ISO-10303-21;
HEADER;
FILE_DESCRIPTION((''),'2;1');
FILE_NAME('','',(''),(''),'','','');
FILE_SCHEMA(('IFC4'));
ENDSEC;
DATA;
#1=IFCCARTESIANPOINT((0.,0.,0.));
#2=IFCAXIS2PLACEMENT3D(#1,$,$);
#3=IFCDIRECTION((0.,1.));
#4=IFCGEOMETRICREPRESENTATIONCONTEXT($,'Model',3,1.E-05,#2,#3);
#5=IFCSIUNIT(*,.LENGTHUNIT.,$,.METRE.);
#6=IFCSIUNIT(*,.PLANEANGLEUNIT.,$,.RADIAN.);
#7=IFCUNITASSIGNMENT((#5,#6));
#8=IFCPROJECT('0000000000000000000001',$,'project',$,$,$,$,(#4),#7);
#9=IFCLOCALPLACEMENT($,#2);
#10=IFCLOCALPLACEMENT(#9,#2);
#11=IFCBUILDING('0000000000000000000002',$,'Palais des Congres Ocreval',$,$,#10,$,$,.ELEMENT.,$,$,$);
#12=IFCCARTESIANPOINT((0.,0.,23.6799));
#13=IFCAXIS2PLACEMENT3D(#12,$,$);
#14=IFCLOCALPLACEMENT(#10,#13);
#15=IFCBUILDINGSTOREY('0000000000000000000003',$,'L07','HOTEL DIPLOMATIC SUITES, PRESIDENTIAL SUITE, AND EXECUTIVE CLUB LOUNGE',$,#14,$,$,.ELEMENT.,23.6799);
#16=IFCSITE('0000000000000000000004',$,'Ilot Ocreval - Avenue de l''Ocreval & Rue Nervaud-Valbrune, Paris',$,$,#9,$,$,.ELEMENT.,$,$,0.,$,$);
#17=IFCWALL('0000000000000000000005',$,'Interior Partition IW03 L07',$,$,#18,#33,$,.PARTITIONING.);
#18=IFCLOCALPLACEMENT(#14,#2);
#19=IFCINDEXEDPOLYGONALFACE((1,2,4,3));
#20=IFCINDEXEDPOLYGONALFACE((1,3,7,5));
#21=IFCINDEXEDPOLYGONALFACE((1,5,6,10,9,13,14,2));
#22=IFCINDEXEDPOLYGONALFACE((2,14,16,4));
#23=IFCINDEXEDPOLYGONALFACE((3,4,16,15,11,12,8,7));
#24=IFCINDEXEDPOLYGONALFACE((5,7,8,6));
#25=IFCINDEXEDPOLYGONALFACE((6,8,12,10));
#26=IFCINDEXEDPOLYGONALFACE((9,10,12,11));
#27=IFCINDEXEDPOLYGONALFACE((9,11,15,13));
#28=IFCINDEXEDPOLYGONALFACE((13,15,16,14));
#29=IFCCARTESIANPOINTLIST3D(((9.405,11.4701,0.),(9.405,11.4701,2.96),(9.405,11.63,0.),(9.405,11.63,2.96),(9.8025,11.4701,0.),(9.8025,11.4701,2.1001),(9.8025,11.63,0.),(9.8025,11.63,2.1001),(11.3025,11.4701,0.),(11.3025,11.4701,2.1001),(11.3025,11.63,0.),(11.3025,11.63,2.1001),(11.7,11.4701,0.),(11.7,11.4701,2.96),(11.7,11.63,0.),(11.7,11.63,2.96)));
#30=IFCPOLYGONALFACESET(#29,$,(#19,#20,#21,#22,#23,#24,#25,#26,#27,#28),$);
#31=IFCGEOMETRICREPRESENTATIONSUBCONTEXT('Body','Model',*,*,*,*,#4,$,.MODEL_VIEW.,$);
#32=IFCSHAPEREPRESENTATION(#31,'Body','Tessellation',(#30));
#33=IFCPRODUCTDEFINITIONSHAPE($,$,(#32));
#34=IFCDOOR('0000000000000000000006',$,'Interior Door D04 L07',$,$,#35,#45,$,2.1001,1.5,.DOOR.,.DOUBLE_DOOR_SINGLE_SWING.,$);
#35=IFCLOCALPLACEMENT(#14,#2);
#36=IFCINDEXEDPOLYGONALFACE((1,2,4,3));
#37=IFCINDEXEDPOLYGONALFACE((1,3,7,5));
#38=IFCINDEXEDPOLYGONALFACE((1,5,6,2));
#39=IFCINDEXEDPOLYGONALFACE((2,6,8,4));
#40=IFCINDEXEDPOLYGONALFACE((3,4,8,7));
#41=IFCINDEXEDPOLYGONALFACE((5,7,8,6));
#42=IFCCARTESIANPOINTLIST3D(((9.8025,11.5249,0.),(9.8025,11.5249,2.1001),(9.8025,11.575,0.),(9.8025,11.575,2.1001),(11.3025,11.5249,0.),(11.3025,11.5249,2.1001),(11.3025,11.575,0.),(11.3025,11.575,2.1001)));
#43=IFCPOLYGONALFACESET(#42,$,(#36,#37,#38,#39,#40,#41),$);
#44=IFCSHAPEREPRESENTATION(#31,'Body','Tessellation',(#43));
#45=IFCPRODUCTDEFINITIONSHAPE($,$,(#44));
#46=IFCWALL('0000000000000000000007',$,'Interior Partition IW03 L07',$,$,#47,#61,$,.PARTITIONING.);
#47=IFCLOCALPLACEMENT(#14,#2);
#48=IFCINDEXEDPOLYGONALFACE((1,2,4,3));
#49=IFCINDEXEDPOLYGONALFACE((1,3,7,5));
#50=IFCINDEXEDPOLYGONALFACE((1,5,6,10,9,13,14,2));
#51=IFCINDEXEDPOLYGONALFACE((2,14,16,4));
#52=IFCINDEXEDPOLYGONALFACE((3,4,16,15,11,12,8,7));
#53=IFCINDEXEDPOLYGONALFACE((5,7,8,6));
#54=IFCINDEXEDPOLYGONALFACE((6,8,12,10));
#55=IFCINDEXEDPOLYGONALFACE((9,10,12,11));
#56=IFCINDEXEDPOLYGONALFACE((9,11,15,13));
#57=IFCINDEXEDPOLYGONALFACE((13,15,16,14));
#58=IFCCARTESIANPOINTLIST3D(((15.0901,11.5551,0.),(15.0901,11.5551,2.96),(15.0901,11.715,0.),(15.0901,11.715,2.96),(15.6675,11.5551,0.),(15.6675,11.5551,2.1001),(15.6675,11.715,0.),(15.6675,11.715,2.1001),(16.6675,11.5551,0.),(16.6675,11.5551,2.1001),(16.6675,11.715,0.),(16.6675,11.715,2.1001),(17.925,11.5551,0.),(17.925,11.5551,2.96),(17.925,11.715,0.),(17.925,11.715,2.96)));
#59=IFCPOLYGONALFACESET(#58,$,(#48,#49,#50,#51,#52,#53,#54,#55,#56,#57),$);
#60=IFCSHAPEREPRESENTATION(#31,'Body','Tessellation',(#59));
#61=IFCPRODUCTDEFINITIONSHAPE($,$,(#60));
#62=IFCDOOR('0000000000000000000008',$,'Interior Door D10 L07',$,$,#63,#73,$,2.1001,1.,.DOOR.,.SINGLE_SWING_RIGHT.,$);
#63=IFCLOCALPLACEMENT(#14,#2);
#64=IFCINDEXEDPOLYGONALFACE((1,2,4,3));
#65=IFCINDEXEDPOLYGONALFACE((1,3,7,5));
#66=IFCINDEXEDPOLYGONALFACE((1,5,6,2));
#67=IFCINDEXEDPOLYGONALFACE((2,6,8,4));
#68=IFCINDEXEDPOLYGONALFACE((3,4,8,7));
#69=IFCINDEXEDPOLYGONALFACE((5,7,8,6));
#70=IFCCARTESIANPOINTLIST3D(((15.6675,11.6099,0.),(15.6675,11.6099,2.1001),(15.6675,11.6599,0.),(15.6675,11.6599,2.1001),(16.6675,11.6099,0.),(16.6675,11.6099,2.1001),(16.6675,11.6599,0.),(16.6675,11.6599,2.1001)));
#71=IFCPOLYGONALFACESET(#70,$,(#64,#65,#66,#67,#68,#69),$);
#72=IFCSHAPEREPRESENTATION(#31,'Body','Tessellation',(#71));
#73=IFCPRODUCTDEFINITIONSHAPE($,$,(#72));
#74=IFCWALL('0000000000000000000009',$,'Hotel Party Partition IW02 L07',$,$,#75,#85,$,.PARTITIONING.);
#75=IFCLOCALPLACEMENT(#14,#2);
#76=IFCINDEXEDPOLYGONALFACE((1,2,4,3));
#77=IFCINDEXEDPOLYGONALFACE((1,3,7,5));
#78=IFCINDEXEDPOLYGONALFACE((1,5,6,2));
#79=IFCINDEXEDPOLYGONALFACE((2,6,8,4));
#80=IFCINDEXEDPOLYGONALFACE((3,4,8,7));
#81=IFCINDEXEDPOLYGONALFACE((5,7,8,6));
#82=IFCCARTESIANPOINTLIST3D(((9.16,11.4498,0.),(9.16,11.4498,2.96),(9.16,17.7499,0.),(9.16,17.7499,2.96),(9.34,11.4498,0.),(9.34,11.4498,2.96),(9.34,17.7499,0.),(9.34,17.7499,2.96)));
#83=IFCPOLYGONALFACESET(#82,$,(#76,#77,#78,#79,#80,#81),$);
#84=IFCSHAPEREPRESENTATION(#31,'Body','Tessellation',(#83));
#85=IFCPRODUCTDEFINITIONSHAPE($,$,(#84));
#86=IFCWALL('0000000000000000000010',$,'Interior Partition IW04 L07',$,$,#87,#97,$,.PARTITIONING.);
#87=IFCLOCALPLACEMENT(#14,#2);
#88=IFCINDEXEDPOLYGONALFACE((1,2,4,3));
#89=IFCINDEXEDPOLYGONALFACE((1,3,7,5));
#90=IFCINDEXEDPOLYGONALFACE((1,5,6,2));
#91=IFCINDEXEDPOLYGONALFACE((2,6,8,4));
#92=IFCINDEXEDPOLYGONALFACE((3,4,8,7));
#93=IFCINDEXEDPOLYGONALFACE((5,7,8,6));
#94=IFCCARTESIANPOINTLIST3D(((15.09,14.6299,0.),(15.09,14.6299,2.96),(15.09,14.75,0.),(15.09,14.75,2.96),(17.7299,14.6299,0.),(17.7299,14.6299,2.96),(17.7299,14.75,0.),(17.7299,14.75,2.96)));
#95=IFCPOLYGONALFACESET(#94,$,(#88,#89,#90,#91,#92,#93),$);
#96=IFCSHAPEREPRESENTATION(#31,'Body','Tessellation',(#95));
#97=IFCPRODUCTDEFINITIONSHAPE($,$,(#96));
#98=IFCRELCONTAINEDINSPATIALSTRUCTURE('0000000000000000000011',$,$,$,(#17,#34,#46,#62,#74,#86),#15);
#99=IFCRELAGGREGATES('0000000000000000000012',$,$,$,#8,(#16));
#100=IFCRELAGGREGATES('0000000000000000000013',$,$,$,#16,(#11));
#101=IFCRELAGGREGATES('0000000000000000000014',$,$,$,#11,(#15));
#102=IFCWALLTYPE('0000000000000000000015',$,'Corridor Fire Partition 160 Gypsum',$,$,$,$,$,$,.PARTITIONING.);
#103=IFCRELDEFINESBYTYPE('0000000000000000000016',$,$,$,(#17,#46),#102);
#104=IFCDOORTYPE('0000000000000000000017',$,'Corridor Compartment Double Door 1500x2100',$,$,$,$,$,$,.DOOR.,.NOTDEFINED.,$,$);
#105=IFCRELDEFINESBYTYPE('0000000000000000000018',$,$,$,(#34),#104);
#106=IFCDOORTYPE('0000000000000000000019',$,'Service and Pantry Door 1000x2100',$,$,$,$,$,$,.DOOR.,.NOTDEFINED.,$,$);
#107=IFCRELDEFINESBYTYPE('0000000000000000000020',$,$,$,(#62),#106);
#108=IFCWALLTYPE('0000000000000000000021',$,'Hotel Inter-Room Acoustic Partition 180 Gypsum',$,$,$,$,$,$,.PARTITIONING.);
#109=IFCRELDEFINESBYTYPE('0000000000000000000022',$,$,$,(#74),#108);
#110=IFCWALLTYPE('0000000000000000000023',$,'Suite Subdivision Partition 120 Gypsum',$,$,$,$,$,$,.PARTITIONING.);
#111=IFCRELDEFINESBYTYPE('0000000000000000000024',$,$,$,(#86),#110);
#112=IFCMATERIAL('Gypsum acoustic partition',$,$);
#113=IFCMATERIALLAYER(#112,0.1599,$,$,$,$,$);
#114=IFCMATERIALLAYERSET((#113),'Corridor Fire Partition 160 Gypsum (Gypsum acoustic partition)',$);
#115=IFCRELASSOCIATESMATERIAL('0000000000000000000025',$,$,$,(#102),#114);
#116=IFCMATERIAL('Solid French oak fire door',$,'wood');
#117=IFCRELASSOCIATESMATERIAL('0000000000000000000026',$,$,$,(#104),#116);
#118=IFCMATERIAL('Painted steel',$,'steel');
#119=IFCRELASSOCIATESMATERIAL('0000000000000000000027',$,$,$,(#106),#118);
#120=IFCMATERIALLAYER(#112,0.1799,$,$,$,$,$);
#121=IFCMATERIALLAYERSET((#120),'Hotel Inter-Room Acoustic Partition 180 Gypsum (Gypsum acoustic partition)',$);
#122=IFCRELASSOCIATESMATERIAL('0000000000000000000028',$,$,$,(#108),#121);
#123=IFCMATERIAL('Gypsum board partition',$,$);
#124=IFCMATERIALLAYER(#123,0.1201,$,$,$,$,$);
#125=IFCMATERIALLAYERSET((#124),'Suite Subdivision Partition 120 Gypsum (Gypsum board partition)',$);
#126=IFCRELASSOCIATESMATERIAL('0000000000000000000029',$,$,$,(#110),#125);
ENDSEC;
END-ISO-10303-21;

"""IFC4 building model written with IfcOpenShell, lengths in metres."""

from ifc_helpers import new_model, si_unit, direction, frame, frame_2d, origin, place, context, subcontext, project, spatial, rectangle, extrude, material, layer, layer_set, type_object, element, fill, save


model = new_model("IFC4")

# Units and contexts
model_context = context("Model", 3, precision=1e-05, world=origin(), true_north=direction((0.0, 1.0)))
body_context = subcontext(model_context, "Body", "Model", "MODEL_VIEW")
ifc_project = project(units=[si_unit("LENGTHUNIT", "METRE"), si_unit("PLANEANGLEUNIT", "RADIAN")], contexts=[model_context])

# Site, building, storey
site_placement = place(None, origin())
site = spatial("IfcSite", under=ifc_project, at=site_placement, Name="Ilot Ocreval - Avenue de l'Ocreval & Rue Nervaud-Valbrune, Paris", CompositionType="ELEMENT", RefElevation=0.0)
building_placement = place(site_placement, origin())
building = spatial("IfcBuilding", under=site, at=building_placement, Name="Palais des Congres Ocreval", CompositionType="ELEMENT")
storey_placement = place(building_placement, frame((0.0, 0.0, 23.6799)))
storey = spatial("IfcBuildingStorey", under=building, at=storey_placement, Name="L07", Description="HOTEL DIPLOMATIC SUITES, PRESIDENTIAL SUITE, AND EXECUTIVE CLUB LOUNGE", CompositionType="ELEMENT", Elevation=23.6799)

# Shared definitions
ifc_material_1 = material(Name="Gypsum acoustic partition")
ifc_layer_1 = layer(ifc_material_1, 0.1599)
ifc_layer_set_1 = layer_set([ifc_layer_1], Name="Corridor Fire Partition 160 Gypsum (Gypsum acoustic partition)")
wall_type_1 = type_object("IfcWallType", Name="Corridor Fire Partition 160 Gypsum", PredefinedType="PARTITIONING", material=ifc_layer_set_1)

# Walls, openings, doors
wall_1_placement = place(storey_placement, frame((9.405, 11.55, 0.0), z_axis=(0.0, 0.0, 1.0), x_axis=(1.0, 0.0, 0.0)))
wall_1 = element("IfcWall", 1, at=wall_1_placement, inside=storey, type_object=wall_type_1, Name="Interior Partition IW03 L07", PredefinedType="PARTITIONING", context=body_context, shape_type="SweptSolid", body=[
    extrude(rectangle(XDim=2.2949, YDim=0.1599, at=frame_2d((1.1475, 0.0))), origin(), (0.0, 0.0, 1.0), 2.96),
])
opening_1_placement = place(wall_1_placement, frame((0.3975, 0.0, 0.0)))
opening_1 = element("IfcOpeningElement", 2, at=opening_1_placement, cuts=wall_1, PredefinedType="OPENING", context=body_context, shape_type="SweptSolid", body=[
    extrude(rectangle(XDim=1.5, YDim=2.1001, at=frame_2d((0.75, 1.05))), frame((0.0, 0.0898, 0.0), z_axis=(0.0, -1.0, 0.0), x_axis=(1.0, 0.0, 0.0)), (0.0, 0.0, 1.0), 0.1799),
])
ifc_material_2 = material(Name="Solid French oak fire door", Category="wood")
door_type_1 = type_object("IfcDoorType", Name="Corridor Compartment Double Door 1500x2100", OperationType="NOTDEFINED", PredefinedType="DOOR", material=ifc_material_2)
door_1_placement = place(opening_1_placement, origin())
door_1 = element("IfcDoor", 3, at=door_1_placement, inside=storey, type_object=door_type_1, Name="Interior Door D04 L07", OperationType="DOUBLE_DOOR_SINGLE_SWING", OverallHeight=2.1001, OverallWidth=1.5, PredefinedType="DOOR", context=body_context, shape_type="SweptSolid", body=[
    extrude(rectangle(XDim=1.5, YDim=2.1001, at=frame_2d((0.75, 1.05))), frame((0.0, 0.0249, 0.0), z_axis=(0.0, -1.0, 0.0), x_axis=(1.0, 0.0, 0.0)), (0.0, 0.0, 1.0), 0.05),
])
fill(opening_1, door_1)
wall_2_placement = place(storey_placement, frame((15.0901, 11.635, 0.0), z_axis=(0.0, 0.0, 1.0), x_axis=(1.0, 0.0, 0.0)))
wall_2 = element("IfcWall", 4, at=wall_2_placement, inside=storey, type_object=wall_type_1, Name="Interior Partition IW03 L07", PredefinedType="PARTITIONING", context=body_context, shape_type="SweptSolid", body=[
    extrude(rectangle(XDim=2.835, YDim=0.1599, at=frame_2d((1.4175, 0.0))), origin(), (0.0, 0.0, 1.0), 2.96),
])
opening_2_placement = place(wall_2_placement, frame((0.5774, 0.0, 0.0)))
opening_2 = element("IfcOpeningElement", 5, at=opening_2_placement, cuts=wall_2, PredefinedType="OPENING", context=body_context, shape_type="SweptSolid", body=[
    extrude(rectangle(XDim=1.0, YDim=2.1001, at=frame_2d((0.5, 1.05))), frame((0.0, 0.0898, 0.0), z_axis=(0.0, -1.0, 0.0), x_axis=(1.0, 0.0, 0.0)), (0.0, 0.0, 1.0), 0.1799),
])
ifc_material_3 = material(Name="Painted steel", Category="steel")
door_type_2 = type_object("IfcDoorType", Name="Service and Pantry Door 1000x2100", OperationType="NOTDEFINED", PredefinedType="DOOR", material=ifc_material_3)
door_2_placement = place(opening_2_placement, origin())
door_2 = element("IfcDoor", 6, at=door_2_placement, inside=storey, type_object=door_type_2, Name="Interior Door D10 L07", OperationType="SINGLE_SWING_RIGHT", OverallHeight=2.1001, OverallWidth=1.0, PredefinedType="DOOR", context=body_context, shape_type="SweptSolid", body=[
    extrude(rectangle(XDim=1.0, YDim=2.1001, at=frame_2d((0.5, 1.05))), frame((0.0, 0.0249, 0.0), z_axis=(0.0, -1.0, 0.0), x_axis=(1.0, 0.0, 0.0)), (0.0, 0.0, 1.0), 0.05),
])
fill(opening_2, door_2)

# Walls
ifc_layer_2 = layer(ifc_material_1, 0.1799)
ifc_layer_set_2 = layer_set([ifc_layer_2], Name="Hotel Inter-Room Acoustic Partition 180 Gypsum (Gypsum acoustic partition)")
wall_type_2 = type_object("IfcWallType", Name="Hotel Inter-Room Acoustic Partition 180 Gypsum", PredefinedType="PARTITIONING", material=ifc_layer_set_2)
wall_3_placement = place(storey_placement, frame((9.25, 11.45, 0.0), z_axis=(0.0, 0.0, 1.0), x_axis=(0.0, 1.0, 0.0)))
element("IfcWall", 7, at=wall_3_placement, inside=storey, type_object=wall_type_2, Name="Hotel Party Partition IW02 L07", PredefinedType="PARTITIONING", context=body_context, shape_type="SweptSolid", body=[
    extrude(rectangle(XDim=6.3, YDim=0.1799, at=frame_2d((3.1499, 0.0))), origin(), (0.0, 0.0, 1.0), 2.96),
])
ifc_material_4 = material(Name="Gypsum board partition")
ifc_layer_3 = layer(ifc_material_4, 0.1201)
ifc_layer_set_3 = layer_set([ifc_layer_3], Name="Suite Subdivision Partition 120 Gypsum (Gypsum board partition)")
wall_type_3 = type_object("IfcWallType", Name="Suite Subdivision Partition 120 Gypsum", PredefinedType="PARTITIONING", material=ifc_layer_set_3)
wall_4_placement = place(storey_placement, frame((15.0901, 14.6899, 0.0), z_axis=(0.0, 0.0, 1.0), x_axis=(1.0, 0.0, 0.0)))
element("IfcWall", 8, at=wall_4_placement, inside=storey, type_object=wall_type_3, Name="Interior Partition IW04 L07", PredefinedType="PARTITIONING", context=body_context, shape_type="SweptSolid", body=[
    extrude(rectangle(XDim=2.6399, YDim=0.1201, at=frame_2d((1.3198, 0.0))), origin(), (0.0, 0.0, 1.0), 2.96),
])

save(model, "model.ifc")
